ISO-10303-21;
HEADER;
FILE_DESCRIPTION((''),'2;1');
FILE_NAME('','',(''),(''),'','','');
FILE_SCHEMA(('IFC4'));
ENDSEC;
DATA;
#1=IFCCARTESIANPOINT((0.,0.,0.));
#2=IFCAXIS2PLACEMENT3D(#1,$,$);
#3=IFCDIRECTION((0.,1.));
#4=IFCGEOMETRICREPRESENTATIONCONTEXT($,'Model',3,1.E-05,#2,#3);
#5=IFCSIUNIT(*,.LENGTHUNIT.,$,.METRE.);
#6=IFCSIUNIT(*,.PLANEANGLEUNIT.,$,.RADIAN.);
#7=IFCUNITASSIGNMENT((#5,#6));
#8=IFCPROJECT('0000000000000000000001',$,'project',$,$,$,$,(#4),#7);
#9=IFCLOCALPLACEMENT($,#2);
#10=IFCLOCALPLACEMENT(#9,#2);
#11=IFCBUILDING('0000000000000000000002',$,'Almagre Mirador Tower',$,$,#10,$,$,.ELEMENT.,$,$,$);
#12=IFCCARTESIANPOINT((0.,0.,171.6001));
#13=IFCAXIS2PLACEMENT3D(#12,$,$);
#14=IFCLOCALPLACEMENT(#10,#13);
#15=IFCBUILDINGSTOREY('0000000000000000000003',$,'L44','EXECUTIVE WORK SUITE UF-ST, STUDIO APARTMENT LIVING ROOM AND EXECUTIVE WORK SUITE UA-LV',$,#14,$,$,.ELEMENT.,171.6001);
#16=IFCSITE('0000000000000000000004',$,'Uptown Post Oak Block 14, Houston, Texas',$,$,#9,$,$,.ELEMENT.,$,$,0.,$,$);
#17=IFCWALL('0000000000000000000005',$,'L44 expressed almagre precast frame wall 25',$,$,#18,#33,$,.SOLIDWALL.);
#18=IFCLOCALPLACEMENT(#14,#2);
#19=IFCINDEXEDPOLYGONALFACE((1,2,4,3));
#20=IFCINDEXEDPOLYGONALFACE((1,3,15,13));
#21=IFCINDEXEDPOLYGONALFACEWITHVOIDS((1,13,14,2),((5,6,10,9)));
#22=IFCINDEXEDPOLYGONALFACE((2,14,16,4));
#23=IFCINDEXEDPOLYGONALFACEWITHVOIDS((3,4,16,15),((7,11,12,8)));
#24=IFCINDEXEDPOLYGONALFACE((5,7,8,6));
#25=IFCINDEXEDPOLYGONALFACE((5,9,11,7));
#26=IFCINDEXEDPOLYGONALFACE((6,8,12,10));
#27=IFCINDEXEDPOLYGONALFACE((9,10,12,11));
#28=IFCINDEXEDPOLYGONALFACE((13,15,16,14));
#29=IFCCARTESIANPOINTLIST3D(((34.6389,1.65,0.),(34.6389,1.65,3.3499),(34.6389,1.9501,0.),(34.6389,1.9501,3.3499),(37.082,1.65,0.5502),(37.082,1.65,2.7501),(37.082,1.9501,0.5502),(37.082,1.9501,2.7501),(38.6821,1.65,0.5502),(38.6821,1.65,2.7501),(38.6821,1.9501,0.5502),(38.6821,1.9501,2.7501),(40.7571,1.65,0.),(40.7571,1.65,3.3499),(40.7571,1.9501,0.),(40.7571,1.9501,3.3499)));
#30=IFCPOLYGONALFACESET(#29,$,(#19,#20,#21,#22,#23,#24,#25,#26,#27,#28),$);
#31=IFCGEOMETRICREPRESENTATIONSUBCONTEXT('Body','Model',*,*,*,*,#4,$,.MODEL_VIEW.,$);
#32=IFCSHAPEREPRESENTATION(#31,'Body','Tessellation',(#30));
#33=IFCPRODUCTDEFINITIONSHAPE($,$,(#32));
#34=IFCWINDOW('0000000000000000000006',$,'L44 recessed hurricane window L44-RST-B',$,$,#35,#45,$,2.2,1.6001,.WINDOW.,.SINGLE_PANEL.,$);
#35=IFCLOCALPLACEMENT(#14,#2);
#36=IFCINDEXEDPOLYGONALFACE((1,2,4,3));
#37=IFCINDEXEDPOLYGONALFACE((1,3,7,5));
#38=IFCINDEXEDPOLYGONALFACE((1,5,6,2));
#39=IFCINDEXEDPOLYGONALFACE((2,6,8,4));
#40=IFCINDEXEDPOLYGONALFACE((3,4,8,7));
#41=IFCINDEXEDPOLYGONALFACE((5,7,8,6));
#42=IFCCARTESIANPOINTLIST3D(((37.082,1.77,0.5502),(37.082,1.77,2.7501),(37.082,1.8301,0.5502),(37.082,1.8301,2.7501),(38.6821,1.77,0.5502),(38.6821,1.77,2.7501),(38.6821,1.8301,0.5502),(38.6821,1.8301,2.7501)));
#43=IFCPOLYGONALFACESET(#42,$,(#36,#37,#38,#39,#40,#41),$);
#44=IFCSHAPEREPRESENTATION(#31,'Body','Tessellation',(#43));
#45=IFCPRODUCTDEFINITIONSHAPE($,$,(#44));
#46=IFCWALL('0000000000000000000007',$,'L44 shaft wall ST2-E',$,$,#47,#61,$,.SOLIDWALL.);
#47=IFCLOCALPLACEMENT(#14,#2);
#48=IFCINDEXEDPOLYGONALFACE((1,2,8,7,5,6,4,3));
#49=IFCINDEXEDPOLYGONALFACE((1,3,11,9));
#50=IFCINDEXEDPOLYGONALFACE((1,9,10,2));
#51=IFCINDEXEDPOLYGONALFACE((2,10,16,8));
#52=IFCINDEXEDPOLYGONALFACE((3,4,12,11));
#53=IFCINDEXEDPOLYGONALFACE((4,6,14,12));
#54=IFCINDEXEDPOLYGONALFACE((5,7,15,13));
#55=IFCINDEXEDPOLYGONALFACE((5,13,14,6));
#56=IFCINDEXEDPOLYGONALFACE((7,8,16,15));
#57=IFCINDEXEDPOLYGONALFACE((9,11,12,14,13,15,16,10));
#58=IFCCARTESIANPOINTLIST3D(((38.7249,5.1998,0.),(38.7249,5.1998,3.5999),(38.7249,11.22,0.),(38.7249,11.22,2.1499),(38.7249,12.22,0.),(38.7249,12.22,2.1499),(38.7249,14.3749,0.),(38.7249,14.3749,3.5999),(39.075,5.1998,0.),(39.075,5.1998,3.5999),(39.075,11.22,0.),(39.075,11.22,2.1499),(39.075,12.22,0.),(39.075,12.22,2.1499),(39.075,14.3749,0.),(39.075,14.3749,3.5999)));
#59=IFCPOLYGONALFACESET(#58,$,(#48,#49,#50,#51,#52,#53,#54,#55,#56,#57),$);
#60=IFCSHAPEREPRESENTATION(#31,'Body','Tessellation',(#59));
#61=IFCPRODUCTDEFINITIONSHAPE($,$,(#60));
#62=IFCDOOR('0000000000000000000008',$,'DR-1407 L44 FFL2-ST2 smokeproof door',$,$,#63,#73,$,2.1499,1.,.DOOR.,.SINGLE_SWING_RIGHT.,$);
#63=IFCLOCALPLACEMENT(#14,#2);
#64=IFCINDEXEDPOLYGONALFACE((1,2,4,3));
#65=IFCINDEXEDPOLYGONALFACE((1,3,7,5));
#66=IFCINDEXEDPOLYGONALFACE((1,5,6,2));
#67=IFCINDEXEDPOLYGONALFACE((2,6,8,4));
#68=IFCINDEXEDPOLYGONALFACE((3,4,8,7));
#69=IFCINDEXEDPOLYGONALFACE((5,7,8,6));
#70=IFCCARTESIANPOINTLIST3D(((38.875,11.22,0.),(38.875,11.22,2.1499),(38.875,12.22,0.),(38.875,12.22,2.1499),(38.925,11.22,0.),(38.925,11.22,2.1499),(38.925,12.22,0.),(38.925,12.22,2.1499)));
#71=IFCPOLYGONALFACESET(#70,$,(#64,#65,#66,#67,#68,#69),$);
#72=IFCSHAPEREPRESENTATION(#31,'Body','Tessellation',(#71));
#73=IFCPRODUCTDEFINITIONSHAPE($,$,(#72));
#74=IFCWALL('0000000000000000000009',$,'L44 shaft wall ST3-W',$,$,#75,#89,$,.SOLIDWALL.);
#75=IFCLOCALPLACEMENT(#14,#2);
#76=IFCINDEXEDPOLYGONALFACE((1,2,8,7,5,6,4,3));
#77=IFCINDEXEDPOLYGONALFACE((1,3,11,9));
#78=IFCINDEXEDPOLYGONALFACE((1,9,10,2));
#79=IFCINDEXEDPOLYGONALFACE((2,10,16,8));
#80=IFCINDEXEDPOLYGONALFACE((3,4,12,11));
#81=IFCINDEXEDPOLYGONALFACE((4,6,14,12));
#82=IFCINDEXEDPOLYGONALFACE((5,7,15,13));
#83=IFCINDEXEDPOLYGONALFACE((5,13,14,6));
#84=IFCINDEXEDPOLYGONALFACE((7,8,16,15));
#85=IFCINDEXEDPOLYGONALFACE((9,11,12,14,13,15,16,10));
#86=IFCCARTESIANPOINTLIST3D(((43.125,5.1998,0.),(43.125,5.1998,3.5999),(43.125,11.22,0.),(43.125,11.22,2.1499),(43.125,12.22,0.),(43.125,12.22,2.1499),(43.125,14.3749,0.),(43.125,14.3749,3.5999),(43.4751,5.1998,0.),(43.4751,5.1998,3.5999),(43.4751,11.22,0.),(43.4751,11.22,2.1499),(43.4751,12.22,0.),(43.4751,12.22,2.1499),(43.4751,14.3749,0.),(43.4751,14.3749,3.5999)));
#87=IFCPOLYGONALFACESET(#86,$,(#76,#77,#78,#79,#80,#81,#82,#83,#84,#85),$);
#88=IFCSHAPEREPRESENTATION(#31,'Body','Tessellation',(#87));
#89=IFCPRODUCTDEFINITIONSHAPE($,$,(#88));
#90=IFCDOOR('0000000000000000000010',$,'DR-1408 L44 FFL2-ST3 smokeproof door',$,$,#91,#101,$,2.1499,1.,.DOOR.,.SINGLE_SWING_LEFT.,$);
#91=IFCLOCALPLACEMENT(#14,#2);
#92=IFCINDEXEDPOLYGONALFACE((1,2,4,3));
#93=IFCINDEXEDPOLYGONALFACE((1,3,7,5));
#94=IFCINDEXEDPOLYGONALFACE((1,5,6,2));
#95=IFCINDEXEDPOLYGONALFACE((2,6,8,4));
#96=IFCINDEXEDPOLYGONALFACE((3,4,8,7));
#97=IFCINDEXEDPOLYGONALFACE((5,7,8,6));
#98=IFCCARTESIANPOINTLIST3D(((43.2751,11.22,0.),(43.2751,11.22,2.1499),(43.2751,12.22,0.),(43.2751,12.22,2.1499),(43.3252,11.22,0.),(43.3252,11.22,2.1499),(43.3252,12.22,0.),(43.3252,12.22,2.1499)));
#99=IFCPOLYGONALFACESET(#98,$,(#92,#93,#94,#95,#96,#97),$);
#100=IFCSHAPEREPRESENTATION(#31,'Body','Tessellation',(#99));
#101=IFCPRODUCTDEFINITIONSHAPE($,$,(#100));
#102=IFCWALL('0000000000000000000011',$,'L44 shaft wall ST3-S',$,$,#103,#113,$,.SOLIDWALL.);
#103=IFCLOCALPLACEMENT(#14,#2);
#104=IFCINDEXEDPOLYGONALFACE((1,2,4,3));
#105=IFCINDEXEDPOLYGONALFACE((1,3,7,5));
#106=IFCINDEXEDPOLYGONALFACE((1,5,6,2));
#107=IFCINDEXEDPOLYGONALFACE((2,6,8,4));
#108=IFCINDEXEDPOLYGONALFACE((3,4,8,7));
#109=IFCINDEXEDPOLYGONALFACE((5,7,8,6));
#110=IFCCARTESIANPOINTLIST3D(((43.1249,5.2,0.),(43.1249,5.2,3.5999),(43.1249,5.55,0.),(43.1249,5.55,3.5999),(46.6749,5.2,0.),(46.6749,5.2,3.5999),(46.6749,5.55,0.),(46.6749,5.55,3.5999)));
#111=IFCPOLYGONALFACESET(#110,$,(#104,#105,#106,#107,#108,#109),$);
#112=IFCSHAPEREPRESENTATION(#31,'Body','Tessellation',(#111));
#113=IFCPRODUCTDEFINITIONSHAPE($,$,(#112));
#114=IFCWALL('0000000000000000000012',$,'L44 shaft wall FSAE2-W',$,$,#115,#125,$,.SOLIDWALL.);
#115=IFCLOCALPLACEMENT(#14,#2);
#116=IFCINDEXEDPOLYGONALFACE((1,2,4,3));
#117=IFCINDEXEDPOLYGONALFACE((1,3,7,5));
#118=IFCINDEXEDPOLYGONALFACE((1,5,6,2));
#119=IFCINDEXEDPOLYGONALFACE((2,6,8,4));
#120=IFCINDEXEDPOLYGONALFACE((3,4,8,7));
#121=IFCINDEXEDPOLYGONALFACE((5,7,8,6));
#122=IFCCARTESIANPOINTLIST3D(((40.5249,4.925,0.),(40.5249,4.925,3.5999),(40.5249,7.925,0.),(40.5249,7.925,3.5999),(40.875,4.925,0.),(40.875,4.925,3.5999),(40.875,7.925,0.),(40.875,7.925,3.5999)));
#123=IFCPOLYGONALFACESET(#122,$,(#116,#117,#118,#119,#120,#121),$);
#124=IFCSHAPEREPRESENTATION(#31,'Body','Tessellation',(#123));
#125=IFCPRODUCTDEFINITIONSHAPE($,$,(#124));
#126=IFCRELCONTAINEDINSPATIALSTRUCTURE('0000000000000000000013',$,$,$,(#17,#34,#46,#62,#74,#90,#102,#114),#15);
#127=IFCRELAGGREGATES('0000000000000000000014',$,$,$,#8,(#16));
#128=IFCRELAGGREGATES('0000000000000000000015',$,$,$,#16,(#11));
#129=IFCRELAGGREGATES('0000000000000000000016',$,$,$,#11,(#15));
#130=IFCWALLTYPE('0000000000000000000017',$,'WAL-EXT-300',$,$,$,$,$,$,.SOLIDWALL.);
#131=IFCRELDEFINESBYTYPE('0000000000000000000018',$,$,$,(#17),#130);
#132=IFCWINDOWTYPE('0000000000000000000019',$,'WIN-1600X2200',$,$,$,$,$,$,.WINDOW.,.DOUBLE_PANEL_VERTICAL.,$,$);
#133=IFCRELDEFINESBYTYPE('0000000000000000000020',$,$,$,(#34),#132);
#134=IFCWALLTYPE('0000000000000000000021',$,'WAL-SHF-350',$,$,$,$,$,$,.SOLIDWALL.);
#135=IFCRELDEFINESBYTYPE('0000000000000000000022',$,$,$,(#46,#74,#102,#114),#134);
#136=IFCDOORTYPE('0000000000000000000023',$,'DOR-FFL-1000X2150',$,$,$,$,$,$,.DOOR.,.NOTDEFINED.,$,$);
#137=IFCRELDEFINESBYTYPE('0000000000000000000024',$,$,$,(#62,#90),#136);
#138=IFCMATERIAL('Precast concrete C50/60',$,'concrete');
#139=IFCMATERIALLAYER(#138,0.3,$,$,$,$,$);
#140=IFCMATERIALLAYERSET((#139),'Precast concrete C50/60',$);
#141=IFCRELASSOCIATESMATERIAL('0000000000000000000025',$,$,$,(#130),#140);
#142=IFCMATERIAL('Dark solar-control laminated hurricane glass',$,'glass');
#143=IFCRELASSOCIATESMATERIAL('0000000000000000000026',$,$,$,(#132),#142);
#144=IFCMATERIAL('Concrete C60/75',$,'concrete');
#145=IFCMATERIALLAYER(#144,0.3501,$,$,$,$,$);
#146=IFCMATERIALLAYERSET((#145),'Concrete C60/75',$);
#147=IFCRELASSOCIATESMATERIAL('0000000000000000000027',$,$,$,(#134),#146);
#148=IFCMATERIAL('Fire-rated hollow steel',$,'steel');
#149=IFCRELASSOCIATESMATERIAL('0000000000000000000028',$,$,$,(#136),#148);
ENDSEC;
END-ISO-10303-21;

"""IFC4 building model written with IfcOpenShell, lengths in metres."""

from ifc_helpers import new_model, si_unit, direction, frame, frame_2d, origin, place, context, subcontext, project, spatial, rectangle, extrude, material, layer, layer_set, type_object, element, fill, save


model = new_model("IFC4")

# Units and contexts
model_context = context("Model", 3, precision=1e-05, world=origin(), true_north=direction((0.0, 1.0)))
body_context = subcontext(model_context, "Body", "Model", "MODEL_VIEW")
ifc_project = project(units=[si_unit("LENGTHUNIT", "METRE"), si_unit("PLANEANGLEUNIT", "RADIAN")], contexts=[model_context])

# Site, building, storey
site_placement = place(None, origin())
site = spatial("IfcSite", under=ifc_project, at=site_placement, Name="Uptown Post Oak Block 14, Houston, Texas", CompositionType="ELEMENT", RefElevation=0.0)
building_placement = place(site_placement, origin())
building = spatial("IfcBuilding", under=site, at=building_placement, Name="Almagre Mirador Tower", CompositionType="ELEMENT")
storey_placement = place(building_placement, frame((0.0, 0.0, 171.6001)))
storey = spatial("IfcBuildingStorey", under=building, at=storey_placement, Name="L44", Description="EXECUTIVE WORK SUITE UF-ST, STUDIO APARTMENT LIVING ROOM AND EXECUTIVE WORK SUITE UA-LV", CompositionType="ELEMENT", Elevation=171.6001)

# Shared definitions
ifc_material_1 = material(Name="Precast concrete C50/60", Category="concrete")
ifc_layer_1 = layer(ifc_material_1, 0.3)
ifc_layer_set_1 = layer_set([ifc_layer_1], Name="Precast concrete C50/60")
wall_type_1 = type_object("IfcWallType", Name="WAL-EXT-300", PredefinedType="SOLIDWALL", material=ifc_layer_set_1)

# Wall, opening, window
wall_1_placement = place(storey_placement, frame((40.7571, 1.8, 0.0), z_axis=(0.0, 0.0, 1.0), x_axis=(-1.0, 0.0, 0.0)))
wall_1 = element("IfcWall", 1, at=wall_1_placement, inside=storey, type_object=wall_type_1, Name="L44 expressed almagre precast frame wall 25", PredefinedType="SOLIDWALL", context=body_context, shape_type="SweptSolid", body=[
    extrude(rectangle(XDim=6.1182, YDim=0.3, at=frame_2d((3.0591, 0.0))), origin(), (0.0, 0.0, 1.0), 3.3499),
])
opening_1_placement = place(wall_1_placement, frame((2.075, 0.0, 0.55)))
opening_1 = element("IfcOpeningElement", 2, at=opening_1_placement, cuts=wall_1, PredefinedType="OPENING", context=body_context, shape_type="SweptSolid", body=[
    extrude(rectangle(XDim=1.6001, YDim=2.2, at=frame_2d((0.8, 1.1001))), frame((0.0, 0.1599, 0.0), z_axis=(0.0, -1.0, 0.0), x_axis=(1.0, 0.0, 0.0)), (0.0, 0.0, 1.0), 0.32),
])
ifc_material_2 = material(Name="Dark solar-control laminated hurricane glass", Category="glass")
window_type = type_object("IfcWindowType", Name="WIN-1600X2200", PartitioningType="DOUBLE_PANEL_VERTICAL", PredefinedType="WINDOW", material=ifc_material_2)
window_placement = place(opening_1_placement, origin())
window = element("IfcWindow", 3, at=window_placement, inside=storey, type_object=window_type, Name="L44 recessed hurricane window L44-RST-B", OverallHeight=2.2, OverallWidth=1.6001, PartitioningType="SINGLE_PANEL", PredefinedType="WINDOW", context=body_context, shape_type="SweptSolid", body=[
    extrude(rectangle(XDim=1.6001, YDim=2.2, at=frame_2d((0.8, 1.1001))), frame((0.0, 0.03, 0.0), z_axis=(0.0, -1.0, 0.0), x_axis=(1.0, 0.0, 0.0)), (0.0, 0.0, 1.0), 0.0601),
])
fill(opening_1, window)

# Walls, openings, doors
ifc_material_3 = material(Name="Concrete C60/75", Category="concrete")
ifc_layer_2 = layer(ifc_material_3, 0.3501)
ifc_layer_set_2 = layer_set([ifc_layer_2], Name="Concrete C60/75")
wall_type_2 = type_object("IfcWallType", Name="WAL-SHF-350", PredefinedType="SOLIDWALL", material=ifc_layer_set_2)
wall_2_placement = place(storey_placement, frame((38.8999, 5.2, 0.0), z_axis=(0.0, 0.0, 1.0), x_axis=(0.0, 1.0, 0.0)))
wall_2 = element("IfcWall", 4, at=wall_2_placement, inside=storey, type_object=wall_type_2, Name="L44 shaft wall ST2-E", PredefinedType="SOLIDWALL", context=body_context, shape_type="SweptSolid", body=[
    extrude(rectangle(XDim=9.175, YDim=0.3501, at=frame_2d((4.5874, 0.0))), origin(), (0.0, 0.0, 1.0), 3.5999),
])
opening_2_placement = place(wall_2_placement, frame((6.02, 0.0, 0.0)))
opening_2 = element("IfcOpeningElement", 5, at=opening_2_placement, cuts=wall_2, PredefinedType="OPENING", context=body_context, shape_type="SweptSolid", body=[
    extrude(rectangle(XDim=1.0, YDim=2.1499, at=frame_2d((0.5, 1.075))), frame((0.0, 0.185, 0.0), z_axis=(0.0, -1.0, 0.0), x_axis=(1.0, 0.0, 0.0)), (0.0, 0.0, 1.0), 0.3701),
])
ifc_material_4 = material(Name="Fire-rated hollow steel", Category="steel")
door_type = type_object("IfcDoorType", Name="DOR-FFL-1000X2150", OperationType="NOTDEFINED", PredefinedType="DOOR", material=ifc_material_4)
door_1_placement = place(opening_2_placement, origin())
door_1 = element("IfcDoor", 6, at=door_1_placement, inside=storey, type_object=door_type, Name="DR-1407 L44 FFL2-ST2 smokeproof door", OperationType="SINGLE_SWING_RIGHT", OverallHeight=2.1499, OverallWidth=1.0, PredefinedType="DOOR", context=body_context, shape_type="SweptSolid", body=[
    extrude(rectangle(XDim=1.0, YDim=2.1499, at=frame_2d((0.5, 1.075))), frame((0.0, 0.0249, 0.0), z_axis=(0.0, -1.0, 0.0), x_axis=(1.0, 0.0, 0.0)), (0.0, 0.0, 1.0), 0.05),
])
fill(opening_2, door_1)
wall_3_placement = place(storey_placement, frame((43.3, 5.2, 0.0), z_axis=(0.0, 0.0, 1.0), x_axis=(0.0, 1.0, 0.0)))
wall_3 = element("IfcWall", 7, at=wall_3_placement, inside=storey, type_object=wall_type_2, Name="L44 shaft wall ST3-W", PredefinedType="SOLIDWALL", context=body_context, shape_type="SweptSolid", body=[
    extrude(rectangle(XDim=9.175, YDim=0.3501, at=frame_2d((4.5874, 0.0))), origin(), (0.0, 0.0, 1.0), 3.5999),
])
opening_3_placement = place(wall_3_placement, frame((6.02, 0.0, 0.0)))
opening_3 = element("IfcOpeningElement", 8, at=opening_3_placement, cuts=wall_3, PredefinedType="OPENING", context=body_context, shape_type="SweptSolid", body=[
    extrude(rectangle(XDim=1.0, YDim=2.1499, at=frame_2d((0.5, 1.075))), frame((0.0, 0.185, 0.0), z_axis=(0.0, -1.0, 0.0), x_axis=(1.0, 0.0, 0.0)), (0.0, 0.0, 1.0), 0.3701),
])
door_2_placement = place(opening_3_placement, origin())
door_2 = element("IfcDoor", 9, at=door_2_placement, inside=storey, type_object=door_type, Name="DR-1408 L44 FFL2-ST3 smokeproof door", OperationType="SINGLE_SWING_LEFT", OverallHeight=2.1499, OverallWidth=1.0, PredefinedType="DOOR", context=body_context, shape_type="SweptSolid", body=[
    extrude(rectangle(XDim=1.0, YDim=2.1499, at=frame_2d((0.5, 1.075))), frame((0.0, 0.0249, 0.0), z_axis=(0.0, -1.0, 0.0), x_axis=(1.0, 0.0, 0.0)), (0.0, 0.0, 1.0), 0.05),
])
fill(opening_3, door_2)

# Walls
wall_4_placement = place(storey_placement, frame((43.125, 5.375, 0.0), z_axis=(0.0, 0.0, 1.0), x_axis=(1.0, 0.0, 0.0)))
element("IfcWall", 10, at=wall_4_placement, inside=storey, type_object=wall_type_2, Name="L44 shaft wall ST3-S", PredefinedType="SOLIDWALL", context=body_context, shape_type="SweptSolid", body=[
    extrude(rectangle(XDim=3.55, YDim=0.3501, at=frame_2d((1.7749, 0.0))), origin(), (0.0, 0.0, 1.0), 3.5999),
])
wall_5_placement = place(storey_placement, frame((40.7, 4.925, 0.0), z_axis=(0.0, 0.0, 1.0), x_axis=(0.0, 1.0, 0.0)))
element("IfcWall", 11, at=wall_5_placement, inside=storey, type_object=wall_type_2, Name="L44 shaft wall FSAE2-W", PredefinedType="SOLIDWALL", context=body_context, shape_type="SweptSolid", body=[
    extrude(rectangle(XDim=3.0, YDim=0.3501, at=frame_2d((1.5, 0.0))), origin(), (0.0, 0.0, 1.0), 3.5999),
])

save(model, "model.ifc")
